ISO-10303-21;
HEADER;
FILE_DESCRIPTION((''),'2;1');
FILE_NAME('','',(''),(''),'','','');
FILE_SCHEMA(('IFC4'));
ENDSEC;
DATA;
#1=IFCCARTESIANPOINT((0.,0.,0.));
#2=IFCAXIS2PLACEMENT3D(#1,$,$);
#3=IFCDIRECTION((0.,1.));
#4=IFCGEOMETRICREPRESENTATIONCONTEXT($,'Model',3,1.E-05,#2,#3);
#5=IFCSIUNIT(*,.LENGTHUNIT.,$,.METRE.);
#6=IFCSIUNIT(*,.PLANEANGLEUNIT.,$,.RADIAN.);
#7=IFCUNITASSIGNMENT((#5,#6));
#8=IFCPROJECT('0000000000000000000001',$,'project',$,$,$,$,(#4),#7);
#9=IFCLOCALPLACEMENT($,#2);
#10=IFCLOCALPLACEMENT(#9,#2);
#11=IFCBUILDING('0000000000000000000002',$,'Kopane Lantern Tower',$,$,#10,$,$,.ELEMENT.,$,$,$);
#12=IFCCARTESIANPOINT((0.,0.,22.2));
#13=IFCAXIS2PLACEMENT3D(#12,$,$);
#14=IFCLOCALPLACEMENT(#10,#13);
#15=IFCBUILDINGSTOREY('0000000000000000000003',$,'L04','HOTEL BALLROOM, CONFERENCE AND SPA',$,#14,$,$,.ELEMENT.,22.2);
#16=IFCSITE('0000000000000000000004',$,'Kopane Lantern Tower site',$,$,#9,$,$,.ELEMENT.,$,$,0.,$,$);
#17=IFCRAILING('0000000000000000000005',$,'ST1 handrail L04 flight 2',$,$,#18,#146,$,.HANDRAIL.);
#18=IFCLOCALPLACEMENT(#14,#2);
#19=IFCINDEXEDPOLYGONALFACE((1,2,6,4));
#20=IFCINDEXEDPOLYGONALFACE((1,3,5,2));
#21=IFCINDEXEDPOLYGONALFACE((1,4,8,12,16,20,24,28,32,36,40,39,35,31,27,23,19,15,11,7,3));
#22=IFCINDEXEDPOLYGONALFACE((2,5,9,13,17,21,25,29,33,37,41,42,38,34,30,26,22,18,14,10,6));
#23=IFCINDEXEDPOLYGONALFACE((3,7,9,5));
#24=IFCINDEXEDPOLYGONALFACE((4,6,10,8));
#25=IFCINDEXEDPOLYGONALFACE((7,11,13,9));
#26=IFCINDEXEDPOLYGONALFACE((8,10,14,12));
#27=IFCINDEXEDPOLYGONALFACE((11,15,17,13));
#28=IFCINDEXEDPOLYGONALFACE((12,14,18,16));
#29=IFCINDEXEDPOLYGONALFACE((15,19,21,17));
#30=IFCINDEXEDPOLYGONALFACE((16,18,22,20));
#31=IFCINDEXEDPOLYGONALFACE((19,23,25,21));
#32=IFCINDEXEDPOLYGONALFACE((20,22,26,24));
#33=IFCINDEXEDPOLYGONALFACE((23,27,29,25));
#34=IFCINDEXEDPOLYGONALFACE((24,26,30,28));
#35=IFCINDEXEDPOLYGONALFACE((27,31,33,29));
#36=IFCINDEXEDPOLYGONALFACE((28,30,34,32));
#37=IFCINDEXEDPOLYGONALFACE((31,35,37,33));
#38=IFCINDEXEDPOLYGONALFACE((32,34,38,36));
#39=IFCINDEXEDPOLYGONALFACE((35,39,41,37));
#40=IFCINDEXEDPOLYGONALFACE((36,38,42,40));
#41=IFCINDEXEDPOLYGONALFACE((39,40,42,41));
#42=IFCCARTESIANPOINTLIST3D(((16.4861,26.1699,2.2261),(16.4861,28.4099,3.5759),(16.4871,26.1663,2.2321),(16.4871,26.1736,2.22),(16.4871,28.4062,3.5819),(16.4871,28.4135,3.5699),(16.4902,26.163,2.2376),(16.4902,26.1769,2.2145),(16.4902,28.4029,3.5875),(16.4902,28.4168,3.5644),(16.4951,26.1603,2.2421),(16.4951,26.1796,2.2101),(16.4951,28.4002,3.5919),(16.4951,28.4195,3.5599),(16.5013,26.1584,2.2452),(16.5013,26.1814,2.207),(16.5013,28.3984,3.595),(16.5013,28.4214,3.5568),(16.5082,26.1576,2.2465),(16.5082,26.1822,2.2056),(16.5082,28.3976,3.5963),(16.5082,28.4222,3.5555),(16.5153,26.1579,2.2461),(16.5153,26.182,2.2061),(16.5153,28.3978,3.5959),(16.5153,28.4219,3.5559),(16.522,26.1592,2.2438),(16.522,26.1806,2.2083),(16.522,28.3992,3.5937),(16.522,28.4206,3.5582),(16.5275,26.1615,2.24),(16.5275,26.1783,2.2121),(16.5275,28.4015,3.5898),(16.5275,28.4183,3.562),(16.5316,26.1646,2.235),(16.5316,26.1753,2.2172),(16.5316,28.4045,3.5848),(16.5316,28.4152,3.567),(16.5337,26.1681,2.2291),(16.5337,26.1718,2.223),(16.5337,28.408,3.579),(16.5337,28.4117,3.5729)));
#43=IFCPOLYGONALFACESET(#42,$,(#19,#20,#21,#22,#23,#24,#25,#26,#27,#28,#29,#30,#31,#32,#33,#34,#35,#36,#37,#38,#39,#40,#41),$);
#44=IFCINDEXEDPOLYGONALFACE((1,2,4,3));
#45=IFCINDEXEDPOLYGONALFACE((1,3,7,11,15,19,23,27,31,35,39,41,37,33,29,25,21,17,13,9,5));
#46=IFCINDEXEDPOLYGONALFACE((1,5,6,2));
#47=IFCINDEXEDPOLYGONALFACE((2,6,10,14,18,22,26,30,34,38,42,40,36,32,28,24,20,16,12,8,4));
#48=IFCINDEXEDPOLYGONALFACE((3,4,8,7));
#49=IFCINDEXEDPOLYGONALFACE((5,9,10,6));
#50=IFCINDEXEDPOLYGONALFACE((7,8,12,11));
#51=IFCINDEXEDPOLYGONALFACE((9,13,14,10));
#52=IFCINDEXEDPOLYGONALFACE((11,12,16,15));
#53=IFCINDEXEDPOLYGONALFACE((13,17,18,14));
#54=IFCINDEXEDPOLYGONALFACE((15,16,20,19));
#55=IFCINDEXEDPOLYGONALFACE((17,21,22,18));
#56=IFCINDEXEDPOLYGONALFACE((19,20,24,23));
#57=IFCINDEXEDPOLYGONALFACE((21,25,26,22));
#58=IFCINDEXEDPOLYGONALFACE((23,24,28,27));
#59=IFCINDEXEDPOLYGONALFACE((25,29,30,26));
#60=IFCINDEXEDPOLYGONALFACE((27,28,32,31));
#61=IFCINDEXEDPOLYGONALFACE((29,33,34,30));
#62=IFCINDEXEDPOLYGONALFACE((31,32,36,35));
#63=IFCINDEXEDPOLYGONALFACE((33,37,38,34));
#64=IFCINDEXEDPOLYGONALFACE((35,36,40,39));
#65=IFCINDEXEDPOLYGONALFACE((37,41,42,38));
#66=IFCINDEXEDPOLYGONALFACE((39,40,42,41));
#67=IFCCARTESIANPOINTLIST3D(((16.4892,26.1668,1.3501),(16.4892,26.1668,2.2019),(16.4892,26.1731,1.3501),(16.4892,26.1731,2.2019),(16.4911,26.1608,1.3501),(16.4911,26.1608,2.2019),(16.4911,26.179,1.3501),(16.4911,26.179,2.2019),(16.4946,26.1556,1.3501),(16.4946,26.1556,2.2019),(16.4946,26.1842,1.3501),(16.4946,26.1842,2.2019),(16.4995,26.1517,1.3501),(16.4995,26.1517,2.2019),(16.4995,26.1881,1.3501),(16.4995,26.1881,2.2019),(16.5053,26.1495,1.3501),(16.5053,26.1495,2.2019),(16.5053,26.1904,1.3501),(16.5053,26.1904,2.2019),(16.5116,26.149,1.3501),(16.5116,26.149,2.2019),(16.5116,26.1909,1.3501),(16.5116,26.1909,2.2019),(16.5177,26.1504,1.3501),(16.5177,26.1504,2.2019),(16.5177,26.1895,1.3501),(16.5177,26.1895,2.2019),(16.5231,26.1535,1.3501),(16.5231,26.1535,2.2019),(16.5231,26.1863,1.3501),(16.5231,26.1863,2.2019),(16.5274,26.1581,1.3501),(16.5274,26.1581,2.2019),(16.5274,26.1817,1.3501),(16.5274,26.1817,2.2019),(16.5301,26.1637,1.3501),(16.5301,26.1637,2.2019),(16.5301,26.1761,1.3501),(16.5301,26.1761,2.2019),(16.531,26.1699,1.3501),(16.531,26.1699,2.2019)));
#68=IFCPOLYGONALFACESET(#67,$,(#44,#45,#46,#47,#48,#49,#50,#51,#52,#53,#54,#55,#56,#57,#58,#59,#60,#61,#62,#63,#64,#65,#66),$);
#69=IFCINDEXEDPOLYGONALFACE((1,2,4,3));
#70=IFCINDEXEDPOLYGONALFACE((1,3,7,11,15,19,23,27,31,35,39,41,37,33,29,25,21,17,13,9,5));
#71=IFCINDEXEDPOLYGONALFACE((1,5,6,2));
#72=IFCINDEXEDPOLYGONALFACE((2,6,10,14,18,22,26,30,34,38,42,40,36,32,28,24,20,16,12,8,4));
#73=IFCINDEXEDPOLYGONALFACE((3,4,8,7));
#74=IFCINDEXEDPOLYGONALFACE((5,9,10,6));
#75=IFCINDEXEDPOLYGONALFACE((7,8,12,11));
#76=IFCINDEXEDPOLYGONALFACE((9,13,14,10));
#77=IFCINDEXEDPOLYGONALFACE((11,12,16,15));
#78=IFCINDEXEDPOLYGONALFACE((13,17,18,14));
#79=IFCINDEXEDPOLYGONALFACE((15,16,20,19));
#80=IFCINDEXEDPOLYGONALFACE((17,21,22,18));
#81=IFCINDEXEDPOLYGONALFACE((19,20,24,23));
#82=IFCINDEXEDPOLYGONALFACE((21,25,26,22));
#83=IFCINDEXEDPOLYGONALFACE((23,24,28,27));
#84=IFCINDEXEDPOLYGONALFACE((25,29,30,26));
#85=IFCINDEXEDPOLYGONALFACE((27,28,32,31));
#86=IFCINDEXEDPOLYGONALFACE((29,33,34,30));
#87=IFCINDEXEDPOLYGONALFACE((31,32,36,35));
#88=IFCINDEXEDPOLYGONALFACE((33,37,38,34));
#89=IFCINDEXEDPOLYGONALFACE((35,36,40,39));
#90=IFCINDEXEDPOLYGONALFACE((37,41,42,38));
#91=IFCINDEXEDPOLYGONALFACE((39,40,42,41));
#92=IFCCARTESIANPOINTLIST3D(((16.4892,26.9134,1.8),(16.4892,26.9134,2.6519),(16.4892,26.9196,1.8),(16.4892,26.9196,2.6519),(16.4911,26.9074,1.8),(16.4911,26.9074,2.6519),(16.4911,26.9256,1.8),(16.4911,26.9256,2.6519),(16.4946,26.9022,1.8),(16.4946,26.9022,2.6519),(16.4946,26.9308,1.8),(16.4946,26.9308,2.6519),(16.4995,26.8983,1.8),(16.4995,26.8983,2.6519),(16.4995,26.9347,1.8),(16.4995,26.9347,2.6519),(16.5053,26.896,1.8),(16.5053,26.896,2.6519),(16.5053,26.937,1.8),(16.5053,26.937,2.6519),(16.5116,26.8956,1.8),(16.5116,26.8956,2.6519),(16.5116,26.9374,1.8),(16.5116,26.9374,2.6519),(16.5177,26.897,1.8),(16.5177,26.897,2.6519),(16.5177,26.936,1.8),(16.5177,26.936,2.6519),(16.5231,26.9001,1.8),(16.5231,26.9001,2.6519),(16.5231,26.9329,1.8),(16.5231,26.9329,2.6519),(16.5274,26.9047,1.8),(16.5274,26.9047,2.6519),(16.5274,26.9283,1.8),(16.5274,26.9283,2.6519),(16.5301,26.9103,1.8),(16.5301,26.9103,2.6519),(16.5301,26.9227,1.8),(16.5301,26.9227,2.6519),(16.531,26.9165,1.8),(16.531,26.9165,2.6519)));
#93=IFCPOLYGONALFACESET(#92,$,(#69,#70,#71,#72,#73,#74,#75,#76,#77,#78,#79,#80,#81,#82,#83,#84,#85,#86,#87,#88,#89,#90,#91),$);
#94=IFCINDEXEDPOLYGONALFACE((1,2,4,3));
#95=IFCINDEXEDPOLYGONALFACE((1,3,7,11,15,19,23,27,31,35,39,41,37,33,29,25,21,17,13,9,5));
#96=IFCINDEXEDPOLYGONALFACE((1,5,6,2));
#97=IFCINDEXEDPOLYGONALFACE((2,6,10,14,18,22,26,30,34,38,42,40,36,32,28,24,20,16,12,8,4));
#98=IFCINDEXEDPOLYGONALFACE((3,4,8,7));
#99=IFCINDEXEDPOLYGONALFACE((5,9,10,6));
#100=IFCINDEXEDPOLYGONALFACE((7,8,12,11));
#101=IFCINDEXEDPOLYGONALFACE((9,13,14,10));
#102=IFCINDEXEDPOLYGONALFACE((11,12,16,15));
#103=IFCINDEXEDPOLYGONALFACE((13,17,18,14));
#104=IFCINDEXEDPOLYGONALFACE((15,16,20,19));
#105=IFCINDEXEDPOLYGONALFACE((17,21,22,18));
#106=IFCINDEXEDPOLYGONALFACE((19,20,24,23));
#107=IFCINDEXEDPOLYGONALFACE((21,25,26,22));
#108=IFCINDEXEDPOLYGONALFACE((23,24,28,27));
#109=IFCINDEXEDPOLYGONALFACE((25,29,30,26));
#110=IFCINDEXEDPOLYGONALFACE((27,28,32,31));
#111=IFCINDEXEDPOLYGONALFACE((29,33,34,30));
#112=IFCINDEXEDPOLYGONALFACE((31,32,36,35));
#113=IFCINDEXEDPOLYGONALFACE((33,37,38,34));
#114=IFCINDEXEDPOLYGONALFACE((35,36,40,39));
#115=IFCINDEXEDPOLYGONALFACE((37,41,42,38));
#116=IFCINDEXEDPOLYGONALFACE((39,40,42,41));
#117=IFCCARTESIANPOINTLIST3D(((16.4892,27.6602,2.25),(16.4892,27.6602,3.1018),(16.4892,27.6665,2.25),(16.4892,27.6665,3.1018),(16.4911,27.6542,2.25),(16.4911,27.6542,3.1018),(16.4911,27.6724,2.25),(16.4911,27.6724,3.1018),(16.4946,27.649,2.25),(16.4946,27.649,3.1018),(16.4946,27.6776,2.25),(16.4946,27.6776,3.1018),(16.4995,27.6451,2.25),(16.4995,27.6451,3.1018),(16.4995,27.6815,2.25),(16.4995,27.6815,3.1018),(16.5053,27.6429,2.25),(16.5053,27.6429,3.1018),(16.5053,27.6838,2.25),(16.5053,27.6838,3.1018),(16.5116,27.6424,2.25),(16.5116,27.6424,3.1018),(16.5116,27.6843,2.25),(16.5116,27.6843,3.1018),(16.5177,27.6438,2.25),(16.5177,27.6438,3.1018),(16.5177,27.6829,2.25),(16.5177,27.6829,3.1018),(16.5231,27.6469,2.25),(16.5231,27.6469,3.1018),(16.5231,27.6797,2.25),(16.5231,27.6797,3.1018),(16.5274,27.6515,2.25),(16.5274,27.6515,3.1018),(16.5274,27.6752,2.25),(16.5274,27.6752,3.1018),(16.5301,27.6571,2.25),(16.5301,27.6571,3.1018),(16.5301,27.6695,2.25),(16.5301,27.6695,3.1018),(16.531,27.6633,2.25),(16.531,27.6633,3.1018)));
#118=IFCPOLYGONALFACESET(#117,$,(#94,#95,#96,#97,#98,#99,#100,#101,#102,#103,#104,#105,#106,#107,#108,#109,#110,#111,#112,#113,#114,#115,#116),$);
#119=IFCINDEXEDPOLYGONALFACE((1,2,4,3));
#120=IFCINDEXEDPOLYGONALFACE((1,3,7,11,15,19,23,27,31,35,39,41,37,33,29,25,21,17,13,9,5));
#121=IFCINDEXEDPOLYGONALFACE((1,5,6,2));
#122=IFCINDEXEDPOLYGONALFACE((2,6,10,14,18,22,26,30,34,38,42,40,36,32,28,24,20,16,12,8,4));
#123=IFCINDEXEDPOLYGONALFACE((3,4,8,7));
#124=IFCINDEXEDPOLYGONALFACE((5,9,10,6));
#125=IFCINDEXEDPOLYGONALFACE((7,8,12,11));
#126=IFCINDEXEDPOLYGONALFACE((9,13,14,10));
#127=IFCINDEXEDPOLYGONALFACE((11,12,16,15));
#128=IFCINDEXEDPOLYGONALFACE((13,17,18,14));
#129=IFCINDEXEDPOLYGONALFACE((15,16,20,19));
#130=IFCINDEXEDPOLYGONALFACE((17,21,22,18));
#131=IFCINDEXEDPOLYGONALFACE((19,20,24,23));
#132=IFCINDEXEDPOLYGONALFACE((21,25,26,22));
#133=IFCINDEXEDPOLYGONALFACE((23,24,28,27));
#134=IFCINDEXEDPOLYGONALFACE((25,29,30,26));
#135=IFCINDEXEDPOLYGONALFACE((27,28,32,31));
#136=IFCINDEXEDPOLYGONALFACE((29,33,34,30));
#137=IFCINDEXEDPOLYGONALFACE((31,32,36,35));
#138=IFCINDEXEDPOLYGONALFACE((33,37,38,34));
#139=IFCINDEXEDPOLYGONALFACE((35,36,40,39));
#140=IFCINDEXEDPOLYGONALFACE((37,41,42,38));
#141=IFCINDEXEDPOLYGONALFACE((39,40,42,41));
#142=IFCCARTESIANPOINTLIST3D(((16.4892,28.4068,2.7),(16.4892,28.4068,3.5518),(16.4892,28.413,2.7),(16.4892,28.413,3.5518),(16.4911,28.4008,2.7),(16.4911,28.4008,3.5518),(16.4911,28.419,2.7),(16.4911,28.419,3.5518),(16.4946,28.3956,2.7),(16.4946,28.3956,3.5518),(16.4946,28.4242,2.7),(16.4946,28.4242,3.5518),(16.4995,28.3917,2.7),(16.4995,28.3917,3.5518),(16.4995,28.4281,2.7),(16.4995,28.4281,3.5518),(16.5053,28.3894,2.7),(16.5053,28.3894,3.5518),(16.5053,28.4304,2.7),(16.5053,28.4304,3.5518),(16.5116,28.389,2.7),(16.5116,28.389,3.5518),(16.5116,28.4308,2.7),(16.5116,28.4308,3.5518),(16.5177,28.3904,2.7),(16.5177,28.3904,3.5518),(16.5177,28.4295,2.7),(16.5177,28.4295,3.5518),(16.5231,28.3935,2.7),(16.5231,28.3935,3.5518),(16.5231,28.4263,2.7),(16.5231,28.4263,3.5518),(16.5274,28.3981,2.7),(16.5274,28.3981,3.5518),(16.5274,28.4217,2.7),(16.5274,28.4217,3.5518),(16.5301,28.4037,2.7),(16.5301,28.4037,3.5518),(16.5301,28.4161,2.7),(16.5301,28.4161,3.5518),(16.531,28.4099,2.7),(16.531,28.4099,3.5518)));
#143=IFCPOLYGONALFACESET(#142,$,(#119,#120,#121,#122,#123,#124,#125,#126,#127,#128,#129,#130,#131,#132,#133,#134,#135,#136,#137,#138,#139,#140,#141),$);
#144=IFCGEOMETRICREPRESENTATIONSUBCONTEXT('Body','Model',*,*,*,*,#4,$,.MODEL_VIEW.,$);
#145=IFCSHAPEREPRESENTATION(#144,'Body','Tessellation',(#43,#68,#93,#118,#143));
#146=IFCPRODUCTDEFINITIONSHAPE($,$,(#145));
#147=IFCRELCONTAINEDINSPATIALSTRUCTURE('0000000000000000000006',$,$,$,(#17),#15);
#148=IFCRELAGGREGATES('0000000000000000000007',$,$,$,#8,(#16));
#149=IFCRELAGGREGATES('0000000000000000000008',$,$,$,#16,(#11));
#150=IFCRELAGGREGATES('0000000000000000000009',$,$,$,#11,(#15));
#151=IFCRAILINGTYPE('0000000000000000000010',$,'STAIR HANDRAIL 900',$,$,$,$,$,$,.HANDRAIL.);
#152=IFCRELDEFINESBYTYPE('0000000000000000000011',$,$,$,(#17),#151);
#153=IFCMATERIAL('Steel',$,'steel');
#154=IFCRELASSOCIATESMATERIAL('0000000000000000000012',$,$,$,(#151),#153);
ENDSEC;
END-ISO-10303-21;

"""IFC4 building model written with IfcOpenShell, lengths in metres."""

from ifc_helpers import new_model, si_unit, direction, frame, origin, origin_2d, place, context, subcontext, project, spatial, circle, extrude, material, type_object, element, save


model = new_model("IFC4")

# Units and contexts
model_context = context("Model", 3, precision=1e-05, world=origin(), true_north=direction((0.0, 1.0)))
body_context = subcontext(model_context, "Body", "Model", "MODEL_VIEW")
ifc_project = project(units=[si_unit("LENGTHUNIT", "METRE"), si_unit("PLANEANGLEUNIT", "RADIAN")], contexts=[model_context])

# Site, building, storey
site_placement = place(None, origin())
site = spatial("IfcSite", under=ifc_project, at=site_placement, Name="Kopane Lantern Tower site", CompositionType="ELEMENT", RefElevation=0.0)
building_placement = place(site_placement, origin())
building = spatial("IfcBuilding", under=site, at=building_placement, Name="Kopane Lantern Tower", CompositionType="ELEMENT")
storey_placement = place(building_placement, frame((0.0, 0.0, 22.2)))
storey = spatial("IfcBuildingStorey", under=building, at=storey_placement, Name="L04", Description="HOTEL BALLROOM, CONFERENCE AND SPA", CompositionType="ELEMENT", Elevation=22.2)

# Railing
ifc_material_1 = material(Name="Steel", Category="steel")
railing_type_1 = type_object("IfcRailingType", Name="STAIR HANDRAIL 900", PredefinedType="HANDRAIL", material=ifc_material_1)
for number, where, name in (
    (1, (16.51, 26.1699, 1.3501), "ST1 handrail L04 flight 2"),
):
    element("IfcRailing", number, at=place(storey_placement, frame(where)), inside=storey, type_object=railing_type_1, Name=name, PredefinedType="HANDRAIL", context=body_context, shape_type="SweptSolid", body=[
        extrude(circle(Radius=0.0239, at=origin_2d()), frame((0.0, 0.0, 0.876), z_axis=(0.0, 0.856503, 0.516142), x_axis=(-1.0, 0.0, 0.0)), (0.0, 0.0, 1.0), 2.6152),
        extrude(circle(Radius=0.021, at=origin_2d()), origin(), (0.0, 0.0, 1.0), 0.8518),
        extrude(circle(Radius=0.021, at=origin_2d()), frame((0.0, 0.7466, 0.45)), (0.0, 0.0, 1.0), 0.8518),
        extrude(circle(Radius=0.021, at=origin_2d()), frame((0.0, 1.4934, 0.8999)), (0.0, 0.0, 1.0), 0.8518),
        extrude(circle(Radius=0.021, at=origin_2d()), frame((0.0, 2.24, 1.3499)), (0.0, 0.0, 1.0), 0.8518),
    ])

save(model, "model.ifc")
